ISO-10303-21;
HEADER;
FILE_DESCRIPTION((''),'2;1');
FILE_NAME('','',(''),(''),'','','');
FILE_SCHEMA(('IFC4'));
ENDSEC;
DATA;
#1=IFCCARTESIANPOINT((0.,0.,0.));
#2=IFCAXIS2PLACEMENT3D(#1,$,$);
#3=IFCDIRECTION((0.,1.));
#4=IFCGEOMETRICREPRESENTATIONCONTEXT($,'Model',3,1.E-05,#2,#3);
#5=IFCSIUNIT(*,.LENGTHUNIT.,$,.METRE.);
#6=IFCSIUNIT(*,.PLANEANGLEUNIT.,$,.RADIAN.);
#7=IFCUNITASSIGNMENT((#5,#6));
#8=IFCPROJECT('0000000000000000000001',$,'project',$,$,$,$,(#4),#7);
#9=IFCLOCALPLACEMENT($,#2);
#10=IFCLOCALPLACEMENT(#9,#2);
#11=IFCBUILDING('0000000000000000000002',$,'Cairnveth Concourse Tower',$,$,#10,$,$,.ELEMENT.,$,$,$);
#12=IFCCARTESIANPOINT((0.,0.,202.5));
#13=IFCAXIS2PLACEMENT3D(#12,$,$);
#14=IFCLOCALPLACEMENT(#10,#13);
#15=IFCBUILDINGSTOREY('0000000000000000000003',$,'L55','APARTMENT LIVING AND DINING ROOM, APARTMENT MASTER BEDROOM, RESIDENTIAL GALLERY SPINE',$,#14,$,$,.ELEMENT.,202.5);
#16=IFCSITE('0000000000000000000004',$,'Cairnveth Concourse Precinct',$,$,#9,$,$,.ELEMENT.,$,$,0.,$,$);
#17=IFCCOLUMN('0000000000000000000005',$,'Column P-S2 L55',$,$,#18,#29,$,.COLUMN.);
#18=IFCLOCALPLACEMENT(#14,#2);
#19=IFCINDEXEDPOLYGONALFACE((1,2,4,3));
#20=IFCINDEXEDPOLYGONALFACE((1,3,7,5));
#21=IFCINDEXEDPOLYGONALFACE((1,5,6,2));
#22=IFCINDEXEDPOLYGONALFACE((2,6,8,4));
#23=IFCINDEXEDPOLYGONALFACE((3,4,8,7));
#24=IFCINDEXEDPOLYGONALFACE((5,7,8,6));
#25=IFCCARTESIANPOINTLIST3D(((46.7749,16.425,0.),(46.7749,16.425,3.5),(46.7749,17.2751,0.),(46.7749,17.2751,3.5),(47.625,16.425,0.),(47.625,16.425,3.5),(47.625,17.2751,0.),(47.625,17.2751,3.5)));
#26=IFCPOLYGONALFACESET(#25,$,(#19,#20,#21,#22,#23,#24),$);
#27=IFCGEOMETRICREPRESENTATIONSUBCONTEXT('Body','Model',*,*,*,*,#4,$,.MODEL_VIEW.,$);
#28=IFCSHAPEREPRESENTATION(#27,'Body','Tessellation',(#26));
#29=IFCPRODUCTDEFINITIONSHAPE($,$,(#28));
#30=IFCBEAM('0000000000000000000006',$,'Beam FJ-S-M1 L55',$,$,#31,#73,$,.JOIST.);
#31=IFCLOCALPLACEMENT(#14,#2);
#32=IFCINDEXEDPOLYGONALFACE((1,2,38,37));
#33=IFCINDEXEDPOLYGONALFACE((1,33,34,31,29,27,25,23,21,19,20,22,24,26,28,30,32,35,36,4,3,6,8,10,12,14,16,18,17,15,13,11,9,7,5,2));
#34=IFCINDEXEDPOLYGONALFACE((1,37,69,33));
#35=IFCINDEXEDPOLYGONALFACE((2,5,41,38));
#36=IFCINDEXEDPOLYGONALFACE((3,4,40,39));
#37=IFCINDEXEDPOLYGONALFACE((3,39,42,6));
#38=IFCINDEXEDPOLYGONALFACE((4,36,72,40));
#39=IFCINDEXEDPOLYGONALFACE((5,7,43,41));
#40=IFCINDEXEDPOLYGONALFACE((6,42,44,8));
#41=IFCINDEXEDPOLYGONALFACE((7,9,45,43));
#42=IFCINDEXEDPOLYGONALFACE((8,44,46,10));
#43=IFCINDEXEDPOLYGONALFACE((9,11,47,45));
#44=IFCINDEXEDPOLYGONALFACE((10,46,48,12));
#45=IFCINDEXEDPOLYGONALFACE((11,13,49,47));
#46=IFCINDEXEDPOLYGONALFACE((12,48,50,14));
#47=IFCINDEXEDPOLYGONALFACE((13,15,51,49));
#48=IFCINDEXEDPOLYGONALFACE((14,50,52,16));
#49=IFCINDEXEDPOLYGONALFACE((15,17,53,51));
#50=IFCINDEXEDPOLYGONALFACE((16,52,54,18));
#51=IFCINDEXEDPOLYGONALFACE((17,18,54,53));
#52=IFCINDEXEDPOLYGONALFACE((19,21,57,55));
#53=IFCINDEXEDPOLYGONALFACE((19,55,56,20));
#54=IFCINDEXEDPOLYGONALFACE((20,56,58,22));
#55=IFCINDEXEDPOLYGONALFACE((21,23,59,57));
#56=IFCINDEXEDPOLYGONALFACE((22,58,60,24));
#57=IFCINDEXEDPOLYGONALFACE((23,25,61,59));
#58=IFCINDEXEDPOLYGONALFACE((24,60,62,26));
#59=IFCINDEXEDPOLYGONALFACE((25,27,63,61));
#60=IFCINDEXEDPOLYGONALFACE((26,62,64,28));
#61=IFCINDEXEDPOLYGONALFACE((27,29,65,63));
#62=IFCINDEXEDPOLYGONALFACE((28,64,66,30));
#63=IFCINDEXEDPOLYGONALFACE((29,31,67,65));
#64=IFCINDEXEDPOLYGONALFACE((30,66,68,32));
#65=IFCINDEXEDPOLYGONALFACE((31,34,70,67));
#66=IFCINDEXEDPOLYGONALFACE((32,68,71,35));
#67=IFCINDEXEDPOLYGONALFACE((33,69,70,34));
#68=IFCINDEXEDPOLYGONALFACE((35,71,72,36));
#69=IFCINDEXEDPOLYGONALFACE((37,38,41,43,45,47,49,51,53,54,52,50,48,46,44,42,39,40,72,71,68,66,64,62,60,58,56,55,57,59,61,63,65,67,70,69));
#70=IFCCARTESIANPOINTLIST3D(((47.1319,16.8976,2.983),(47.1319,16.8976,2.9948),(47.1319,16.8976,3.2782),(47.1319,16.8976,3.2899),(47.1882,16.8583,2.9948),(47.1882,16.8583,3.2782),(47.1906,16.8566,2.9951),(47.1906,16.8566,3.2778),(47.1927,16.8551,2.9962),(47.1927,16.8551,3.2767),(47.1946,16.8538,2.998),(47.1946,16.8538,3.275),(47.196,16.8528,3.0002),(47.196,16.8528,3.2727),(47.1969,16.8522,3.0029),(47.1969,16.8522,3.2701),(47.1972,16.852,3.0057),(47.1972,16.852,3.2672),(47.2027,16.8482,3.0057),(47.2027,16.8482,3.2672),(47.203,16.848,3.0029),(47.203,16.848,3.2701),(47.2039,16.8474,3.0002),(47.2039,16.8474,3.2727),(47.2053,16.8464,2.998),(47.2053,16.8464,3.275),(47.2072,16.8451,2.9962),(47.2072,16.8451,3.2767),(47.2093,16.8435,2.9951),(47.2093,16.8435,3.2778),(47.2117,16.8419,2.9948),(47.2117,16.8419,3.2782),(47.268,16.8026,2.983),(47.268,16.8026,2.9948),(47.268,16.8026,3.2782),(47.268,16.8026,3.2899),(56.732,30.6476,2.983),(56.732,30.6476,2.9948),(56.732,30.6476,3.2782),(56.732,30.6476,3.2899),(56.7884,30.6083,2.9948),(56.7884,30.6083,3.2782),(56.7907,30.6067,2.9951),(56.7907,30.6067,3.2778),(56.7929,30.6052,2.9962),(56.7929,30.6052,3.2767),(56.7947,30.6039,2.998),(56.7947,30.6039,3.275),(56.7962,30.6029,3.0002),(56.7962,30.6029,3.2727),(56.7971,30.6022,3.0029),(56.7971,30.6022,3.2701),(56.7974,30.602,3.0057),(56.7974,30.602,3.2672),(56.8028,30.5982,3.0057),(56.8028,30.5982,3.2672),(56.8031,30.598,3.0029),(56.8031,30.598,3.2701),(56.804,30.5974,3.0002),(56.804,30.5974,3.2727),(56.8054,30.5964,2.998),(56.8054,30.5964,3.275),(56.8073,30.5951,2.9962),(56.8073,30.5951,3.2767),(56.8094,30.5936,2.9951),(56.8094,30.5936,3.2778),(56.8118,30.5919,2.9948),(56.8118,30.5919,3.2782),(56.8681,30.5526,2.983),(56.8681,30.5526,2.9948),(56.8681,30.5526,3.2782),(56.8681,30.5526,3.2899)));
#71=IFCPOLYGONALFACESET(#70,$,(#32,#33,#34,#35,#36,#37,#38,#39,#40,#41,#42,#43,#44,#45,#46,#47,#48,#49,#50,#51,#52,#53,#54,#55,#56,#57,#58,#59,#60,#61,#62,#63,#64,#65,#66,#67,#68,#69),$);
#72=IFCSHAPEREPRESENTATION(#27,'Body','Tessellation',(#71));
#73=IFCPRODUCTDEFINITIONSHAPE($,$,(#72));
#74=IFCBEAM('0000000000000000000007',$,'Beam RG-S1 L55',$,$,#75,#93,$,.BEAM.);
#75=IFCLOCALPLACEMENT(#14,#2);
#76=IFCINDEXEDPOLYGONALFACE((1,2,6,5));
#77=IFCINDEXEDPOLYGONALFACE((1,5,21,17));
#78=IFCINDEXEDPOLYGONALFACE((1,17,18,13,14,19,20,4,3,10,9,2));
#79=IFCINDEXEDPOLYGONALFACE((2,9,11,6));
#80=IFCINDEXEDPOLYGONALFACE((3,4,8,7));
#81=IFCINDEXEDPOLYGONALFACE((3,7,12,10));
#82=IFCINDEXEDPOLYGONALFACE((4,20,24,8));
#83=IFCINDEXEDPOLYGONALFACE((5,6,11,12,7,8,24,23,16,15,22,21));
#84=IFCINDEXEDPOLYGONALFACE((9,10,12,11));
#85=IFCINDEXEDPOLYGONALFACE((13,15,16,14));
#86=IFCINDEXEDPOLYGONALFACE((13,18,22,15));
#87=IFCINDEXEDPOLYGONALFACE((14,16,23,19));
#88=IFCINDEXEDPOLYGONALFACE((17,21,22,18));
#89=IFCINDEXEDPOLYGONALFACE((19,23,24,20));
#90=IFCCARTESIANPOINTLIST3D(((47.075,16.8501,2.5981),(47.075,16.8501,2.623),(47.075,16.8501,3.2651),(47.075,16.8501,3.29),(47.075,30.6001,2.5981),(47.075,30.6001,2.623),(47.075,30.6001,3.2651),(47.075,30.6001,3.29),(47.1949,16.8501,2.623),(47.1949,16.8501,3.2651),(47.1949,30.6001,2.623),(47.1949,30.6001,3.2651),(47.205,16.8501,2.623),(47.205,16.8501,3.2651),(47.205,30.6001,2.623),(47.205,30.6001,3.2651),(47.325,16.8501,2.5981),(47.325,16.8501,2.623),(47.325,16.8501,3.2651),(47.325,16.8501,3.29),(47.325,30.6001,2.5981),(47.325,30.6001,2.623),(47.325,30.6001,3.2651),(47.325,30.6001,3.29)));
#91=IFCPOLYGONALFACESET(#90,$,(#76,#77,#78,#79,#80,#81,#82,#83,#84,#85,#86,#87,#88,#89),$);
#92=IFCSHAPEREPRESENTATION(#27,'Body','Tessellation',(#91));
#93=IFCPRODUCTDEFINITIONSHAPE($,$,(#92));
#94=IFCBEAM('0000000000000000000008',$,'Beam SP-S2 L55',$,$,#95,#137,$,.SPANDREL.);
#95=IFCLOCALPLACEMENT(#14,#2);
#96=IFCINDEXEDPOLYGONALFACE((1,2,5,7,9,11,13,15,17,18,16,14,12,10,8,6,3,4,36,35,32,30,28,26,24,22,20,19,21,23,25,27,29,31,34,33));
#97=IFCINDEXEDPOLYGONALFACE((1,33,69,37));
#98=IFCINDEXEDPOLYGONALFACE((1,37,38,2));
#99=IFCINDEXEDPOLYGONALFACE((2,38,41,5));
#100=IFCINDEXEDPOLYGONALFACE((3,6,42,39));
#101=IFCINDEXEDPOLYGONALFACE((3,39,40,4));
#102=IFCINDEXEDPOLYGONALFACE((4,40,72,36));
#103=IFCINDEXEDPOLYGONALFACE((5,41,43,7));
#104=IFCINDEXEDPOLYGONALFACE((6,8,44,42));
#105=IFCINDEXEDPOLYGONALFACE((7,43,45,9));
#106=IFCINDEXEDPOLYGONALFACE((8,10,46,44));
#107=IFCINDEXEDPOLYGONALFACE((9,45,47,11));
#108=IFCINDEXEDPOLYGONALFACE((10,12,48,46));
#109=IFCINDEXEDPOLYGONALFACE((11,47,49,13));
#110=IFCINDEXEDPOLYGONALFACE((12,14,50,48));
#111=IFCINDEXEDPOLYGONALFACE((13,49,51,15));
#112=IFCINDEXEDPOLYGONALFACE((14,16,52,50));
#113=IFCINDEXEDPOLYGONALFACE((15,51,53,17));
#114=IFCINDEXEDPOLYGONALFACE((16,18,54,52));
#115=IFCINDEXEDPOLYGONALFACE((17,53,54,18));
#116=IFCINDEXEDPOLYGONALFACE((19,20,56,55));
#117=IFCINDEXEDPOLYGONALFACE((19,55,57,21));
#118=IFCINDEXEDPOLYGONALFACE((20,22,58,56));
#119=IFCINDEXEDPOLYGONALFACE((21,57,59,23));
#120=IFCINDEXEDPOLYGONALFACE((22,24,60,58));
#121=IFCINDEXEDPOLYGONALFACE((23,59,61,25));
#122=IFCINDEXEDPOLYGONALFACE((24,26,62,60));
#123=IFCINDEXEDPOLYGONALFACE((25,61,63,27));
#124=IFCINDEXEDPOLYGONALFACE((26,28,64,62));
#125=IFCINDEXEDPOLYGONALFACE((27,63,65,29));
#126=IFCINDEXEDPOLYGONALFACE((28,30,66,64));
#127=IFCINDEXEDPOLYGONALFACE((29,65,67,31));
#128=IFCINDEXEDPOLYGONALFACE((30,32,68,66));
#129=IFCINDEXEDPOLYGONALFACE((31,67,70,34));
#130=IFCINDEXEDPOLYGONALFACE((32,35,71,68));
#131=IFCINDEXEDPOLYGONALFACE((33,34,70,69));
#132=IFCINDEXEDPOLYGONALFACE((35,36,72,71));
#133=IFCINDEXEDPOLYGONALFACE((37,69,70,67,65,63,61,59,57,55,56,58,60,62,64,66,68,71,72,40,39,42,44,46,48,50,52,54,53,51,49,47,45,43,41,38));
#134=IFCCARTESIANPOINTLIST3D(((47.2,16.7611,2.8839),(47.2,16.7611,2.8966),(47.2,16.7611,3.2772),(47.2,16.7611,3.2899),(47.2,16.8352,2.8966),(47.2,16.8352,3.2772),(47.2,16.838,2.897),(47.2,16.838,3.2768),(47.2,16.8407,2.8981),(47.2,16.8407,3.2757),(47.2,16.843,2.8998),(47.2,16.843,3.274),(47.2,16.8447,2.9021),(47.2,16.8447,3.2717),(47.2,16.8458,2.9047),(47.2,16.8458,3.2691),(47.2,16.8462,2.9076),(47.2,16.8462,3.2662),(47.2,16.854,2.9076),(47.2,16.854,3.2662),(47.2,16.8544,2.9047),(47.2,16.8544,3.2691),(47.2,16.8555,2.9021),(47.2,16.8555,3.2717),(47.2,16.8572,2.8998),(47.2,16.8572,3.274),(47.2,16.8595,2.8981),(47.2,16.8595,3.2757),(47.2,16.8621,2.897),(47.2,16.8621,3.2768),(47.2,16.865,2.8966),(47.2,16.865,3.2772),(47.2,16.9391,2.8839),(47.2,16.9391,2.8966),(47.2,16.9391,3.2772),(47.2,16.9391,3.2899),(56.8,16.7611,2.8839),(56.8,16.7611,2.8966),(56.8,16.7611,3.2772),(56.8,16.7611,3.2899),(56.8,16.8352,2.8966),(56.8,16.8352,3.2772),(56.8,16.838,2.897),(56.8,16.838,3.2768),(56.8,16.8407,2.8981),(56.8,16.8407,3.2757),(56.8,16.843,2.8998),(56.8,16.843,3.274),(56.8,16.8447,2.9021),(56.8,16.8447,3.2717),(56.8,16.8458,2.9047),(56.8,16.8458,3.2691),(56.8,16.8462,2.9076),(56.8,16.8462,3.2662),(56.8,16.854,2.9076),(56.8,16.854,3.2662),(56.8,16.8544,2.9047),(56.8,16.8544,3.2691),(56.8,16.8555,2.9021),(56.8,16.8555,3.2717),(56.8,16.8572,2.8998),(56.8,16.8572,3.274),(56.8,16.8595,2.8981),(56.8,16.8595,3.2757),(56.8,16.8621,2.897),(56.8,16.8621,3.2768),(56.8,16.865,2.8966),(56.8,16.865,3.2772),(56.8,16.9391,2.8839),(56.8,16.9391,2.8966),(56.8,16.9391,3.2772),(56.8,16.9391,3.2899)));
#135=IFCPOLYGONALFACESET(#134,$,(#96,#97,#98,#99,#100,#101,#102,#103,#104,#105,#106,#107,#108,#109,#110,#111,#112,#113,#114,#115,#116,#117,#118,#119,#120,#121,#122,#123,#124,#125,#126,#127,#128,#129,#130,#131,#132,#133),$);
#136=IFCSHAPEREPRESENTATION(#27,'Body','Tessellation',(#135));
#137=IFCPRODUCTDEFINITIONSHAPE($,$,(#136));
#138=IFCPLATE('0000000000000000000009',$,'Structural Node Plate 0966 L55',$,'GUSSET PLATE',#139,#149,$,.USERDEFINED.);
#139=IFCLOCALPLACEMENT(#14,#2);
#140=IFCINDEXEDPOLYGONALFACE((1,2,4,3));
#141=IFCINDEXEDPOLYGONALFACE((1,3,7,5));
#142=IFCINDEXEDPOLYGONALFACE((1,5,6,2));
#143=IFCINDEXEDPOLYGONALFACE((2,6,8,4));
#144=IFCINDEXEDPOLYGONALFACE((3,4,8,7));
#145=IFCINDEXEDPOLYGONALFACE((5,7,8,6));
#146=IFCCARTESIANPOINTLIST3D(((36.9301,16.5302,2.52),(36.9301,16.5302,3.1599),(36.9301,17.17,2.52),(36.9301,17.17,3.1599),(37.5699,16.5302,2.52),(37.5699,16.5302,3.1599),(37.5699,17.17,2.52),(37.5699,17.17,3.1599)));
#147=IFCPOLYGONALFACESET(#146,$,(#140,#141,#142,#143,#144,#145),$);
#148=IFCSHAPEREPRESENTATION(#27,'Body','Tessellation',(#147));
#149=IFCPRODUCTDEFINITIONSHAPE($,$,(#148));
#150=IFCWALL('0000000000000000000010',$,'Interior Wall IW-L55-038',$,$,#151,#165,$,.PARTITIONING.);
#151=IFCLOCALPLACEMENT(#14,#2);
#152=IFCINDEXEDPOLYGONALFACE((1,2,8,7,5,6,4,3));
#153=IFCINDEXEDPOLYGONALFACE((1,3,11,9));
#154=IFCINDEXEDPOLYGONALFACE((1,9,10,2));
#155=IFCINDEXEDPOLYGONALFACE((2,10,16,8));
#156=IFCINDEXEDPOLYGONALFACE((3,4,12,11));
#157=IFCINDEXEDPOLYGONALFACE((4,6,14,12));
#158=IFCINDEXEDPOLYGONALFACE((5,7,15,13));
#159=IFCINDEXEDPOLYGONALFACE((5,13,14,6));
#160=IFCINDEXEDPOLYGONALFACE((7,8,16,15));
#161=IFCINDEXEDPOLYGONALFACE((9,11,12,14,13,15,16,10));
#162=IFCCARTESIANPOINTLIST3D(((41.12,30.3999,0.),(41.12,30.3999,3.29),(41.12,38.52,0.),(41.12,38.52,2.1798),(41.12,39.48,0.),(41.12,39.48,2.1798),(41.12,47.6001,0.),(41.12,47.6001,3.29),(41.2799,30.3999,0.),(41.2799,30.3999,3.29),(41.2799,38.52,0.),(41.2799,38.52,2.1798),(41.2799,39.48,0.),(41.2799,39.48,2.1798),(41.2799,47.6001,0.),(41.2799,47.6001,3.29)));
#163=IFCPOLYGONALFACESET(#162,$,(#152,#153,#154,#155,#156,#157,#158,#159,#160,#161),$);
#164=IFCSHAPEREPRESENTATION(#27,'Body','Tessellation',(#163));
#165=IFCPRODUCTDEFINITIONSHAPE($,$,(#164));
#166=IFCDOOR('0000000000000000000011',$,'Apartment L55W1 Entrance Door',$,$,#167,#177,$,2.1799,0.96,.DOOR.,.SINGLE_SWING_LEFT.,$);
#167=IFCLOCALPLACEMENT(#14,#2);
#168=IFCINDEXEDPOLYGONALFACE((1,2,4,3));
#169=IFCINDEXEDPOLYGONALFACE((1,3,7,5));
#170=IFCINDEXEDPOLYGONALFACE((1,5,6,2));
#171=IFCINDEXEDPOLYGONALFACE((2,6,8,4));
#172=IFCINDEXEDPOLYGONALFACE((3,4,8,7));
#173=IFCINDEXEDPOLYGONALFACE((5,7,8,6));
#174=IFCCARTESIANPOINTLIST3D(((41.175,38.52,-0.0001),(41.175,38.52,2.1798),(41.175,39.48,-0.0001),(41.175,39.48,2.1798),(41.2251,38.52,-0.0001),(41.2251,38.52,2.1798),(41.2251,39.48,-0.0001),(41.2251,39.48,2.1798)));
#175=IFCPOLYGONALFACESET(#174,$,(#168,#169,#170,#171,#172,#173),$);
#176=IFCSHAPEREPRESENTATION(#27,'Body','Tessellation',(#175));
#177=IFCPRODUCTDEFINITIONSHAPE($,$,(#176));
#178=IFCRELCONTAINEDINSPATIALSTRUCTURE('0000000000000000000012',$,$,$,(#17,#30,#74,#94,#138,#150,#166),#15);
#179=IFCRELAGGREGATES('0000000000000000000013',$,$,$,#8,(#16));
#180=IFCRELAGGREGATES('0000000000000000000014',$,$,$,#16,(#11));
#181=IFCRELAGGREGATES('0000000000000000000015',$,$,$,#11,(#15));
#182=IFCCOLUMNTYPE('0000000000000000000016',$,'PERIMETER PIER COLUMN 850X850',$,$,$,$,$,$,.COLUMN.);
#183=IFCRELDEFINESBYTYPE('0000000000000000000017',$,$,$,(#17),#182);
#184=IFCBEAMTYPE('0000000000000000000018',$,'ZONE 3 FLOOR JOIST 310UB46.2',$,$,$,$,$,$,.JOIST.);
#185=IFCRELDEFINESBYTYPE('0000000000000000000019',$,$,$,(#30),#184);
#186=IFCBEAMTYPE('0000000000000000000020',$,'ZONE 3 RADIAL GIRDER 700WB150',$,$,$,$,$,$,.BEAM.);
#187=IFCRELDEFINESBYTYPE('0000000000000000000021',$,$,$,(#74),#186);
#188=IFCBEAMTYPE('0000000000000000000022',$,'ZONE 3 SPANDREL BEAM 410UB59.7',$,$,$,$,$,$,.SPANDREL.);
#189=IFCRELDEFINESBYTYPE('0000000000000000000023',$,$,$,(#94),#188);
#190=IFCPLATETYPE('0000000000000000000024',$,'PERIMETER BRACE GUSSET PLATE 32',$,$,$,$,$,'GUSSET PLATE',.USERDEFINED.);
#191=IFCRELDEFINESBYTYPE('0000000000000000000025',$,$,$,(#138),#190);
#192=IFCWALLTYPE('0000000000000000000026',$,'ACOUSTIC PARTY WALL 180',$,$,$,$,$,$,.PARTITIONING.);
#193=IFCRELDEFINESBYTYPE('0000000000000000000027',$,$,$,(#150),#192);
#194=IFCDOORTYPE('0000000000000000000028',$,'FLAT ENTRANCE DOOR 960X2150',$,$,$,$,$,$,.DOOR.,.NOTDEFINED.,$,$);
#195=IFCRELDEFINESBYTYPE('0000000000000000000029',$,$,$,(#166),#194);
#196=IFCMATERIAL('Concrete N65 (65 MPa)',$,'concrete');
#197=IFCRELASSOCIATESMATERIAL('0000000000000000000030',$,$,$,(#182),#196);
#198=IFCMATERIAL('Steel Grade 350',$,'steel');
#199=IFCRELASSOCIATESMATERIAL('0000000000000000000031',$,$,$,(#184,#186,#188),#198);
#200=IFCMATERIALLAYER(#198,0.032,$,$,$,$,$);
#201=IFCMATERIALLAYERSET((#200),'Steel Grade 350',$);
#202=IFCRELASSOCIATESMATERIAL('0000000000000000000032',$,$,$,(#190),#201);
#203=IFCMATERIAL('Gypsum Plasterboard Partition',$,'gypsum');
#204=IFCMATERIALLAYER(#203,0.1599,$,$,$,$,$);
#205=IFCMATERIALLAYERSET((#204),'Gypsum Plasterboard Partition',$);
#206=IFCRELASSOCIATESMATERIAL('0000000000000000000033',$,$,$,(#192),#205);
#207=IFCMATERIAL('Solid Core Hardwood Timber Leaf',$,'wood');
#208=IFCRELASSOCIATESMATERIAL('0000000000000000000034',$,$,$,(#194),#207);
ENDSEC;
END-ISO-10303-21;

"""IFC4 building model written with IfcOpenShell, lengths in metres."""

from ifc_helpers import new_model, si_unit, direction, frame, frame_2d, origin, origin_2d, place, context, subcontext, project, spatial, rectangle, i_section, extrude, material, layer, layer_set, material_profile, profile_set, type_object, element, fill, save


model = new_model("IFC4")

# Units and contexts
model_context = context("Model", 3, precision=1e-05, world=origin(), true_north=direction((0.0, 1.0)))
body_context = subcontext(model_context, "Body", "Model", "MODEL_VIEW")
ifc_project = project(units=[si_unit("LENGTHUNIT", "METRE"), si_unit("PLANEANGLEUNIT", "RADIAN")], contexts=[model_context])

# Site, building, storey
site_placement = place(None, origin())
site = spatial("IfcSite", under=ifc_project, at=site_placement, Name="Cairnveth Concourse Precinct", CompositionType="ELEMENT", RefElevation=0.0)
building_placement = place(site_placement, origin())
building = spatial("IfcBuilding", under=site, at=building_placement, Name="Cairnveth Concourse Tower", CompositionType="ELEMENT")
storey_placement = place(building_placement, frame((0.0, 0.0, 202.5)))
storey = spatial("IfcBuildingStorey", under=building, at=storey_placement, Name="L55", Description="APARTMENT LIVING AND DINING ROOM, APARTMENT MASTER BEDROOM, RESIDENTIAL GALLERY SPINE", CompositionType="ELEMENT", Elevation=202.5)

# Column
ifc_material_1 = material(Name="Concrete N65 (65 MPa)", Category="concrete")
ifc_material_profile_1 = material_profile(ifc_material_1, rectangle(XDim=0.8501, YDim=0.8501, at=origin_2d()), Name="RC-COL-850x850")
ifc_profile_set_1 = profile_set([ifc_material_profile_1], Name="Concrete N65 (65 MPa)")
column_type = type_object("IfcColumnType", Name="PERIMETER PIER COLUMN 850X850", PredefinedType="COLUMN", material=ifc_profile_set_1)
column_placement = place(storey_placement, frame((47.2, 16.8501, 0.0), z_axis=(0.0, 0.0, 1.0), x_axis=(1.0, 0.0, 0.0)))
element("IfcColumn", 1, at=column_placement, inside=storey, type_object=column_type, Name="Column P-S2 L55", PredefinedType="COLUMN", context=body_context, shape_type="SweptSolid", body=[
    extrude(rectangle(XDim=0.8501, YDim=0.8501, at=origin_2d()), origin(), (0.0, 0.0, 1.0), 3.5),
])

# Beams
ifc_material_2 = material(Name="Steel Grade 350", Category="steel")
ifc_material_profile_2 = material_profile(ifc_material_2, i_section(OverallWidth=0.166, OverallDepth=0.3069, WebThickness=0.0066, FlangeThickness=0.0117, FilletRadius=0.011, at=origin_2d()), Name="310UB46.2")
ifc_profile_set_2 = profile_set([ifc_material_profile_2], Name="Steel Grade 350")
beam_type_1 = type_object("IfcBeamType", Name="ZONE 3 FLOOR JOIST 310UB46.2", PredefinedType="JOIST", material=ifc_profile_set_2)
beam_1_placement = place(storey_placement, frame((47.2, 16.8501, 3.1365), z_axis=(0.572465, 0.819929, 0.0), x_axis=(-0.819929, 0.572465, 0.0)))
element("IfcBeam", 2, at=beam_1_placement, inside=storey, type_object=beam_type_1, Name="Beam FJ-S-M1 L55", PredefinedType="JOIST", context=body_context, shape_type="SweptSolid", body=[
    extrude(i_section(OverallWidth=0.166, OverallDepth=0.3069, WebThickness=0.0066, FlangeThickness=0.0117, FilletRadius=0.011, at=origin_2d()), origin(), (0.0, 0.0, 1.0), 16.7698),
])
ifc_material_profile_3 = material_profile(ifc_material_2, i_section(OverallWidth=0.25, OverallDepth=0.6919, WebThickness=0.01, FlangeThickness=0.0249, at=origin_2d()), Name="700WB150")
ifc_profile_set_3 = profile_set([ifc_material_profile_3], Name="Steel Grade 350")
beam_type_2 = type_object("IfcBeamType", Name="ZONE 3 RADIAL GIRDER 700WB150", PredefinedType="BEAM", material=ifc_profile_set_3)
beam_2_placement = place(storey_placement, frame((47.2, 16.8501, 2.9441), z_axis=(0.0, 1.0, 0.0), x_axis=(-1.0, 0.0, 0.0)))
element("IfcBeam", 3, at=beam_2_placement, inside=storey, type_object=beam_type_2, Name="Beam RG-S1 L55", PredefinedType="BEAM", context=body_context, shape_type="SweptSolid", body=[
    extrude(i_section(OverallWidth=0.25, OverallDepth=0.6919, WebThickness=0.01, FlangeThickness=0.0249, at=origin_2d()), origin(), (0.0, 0.0, 1.0), 13.75),
])
ifc_material_profile_4 = material_profile(ifc_material_2, i_section(OverallWidth=0.178, OverallDepth=0.406, WebThickness=0.0078, FlangeThickness=0.0127, FilletRadius=0.011, at=origin_2d()), Name="410UB59.7")
ifc_profile_set_4 = profile_set([ifc_material_profile_4], Name="Steel Grade 350")
beam_type_3 = type_object("IfcBeamType", Name="ZONE 3 SPANDREL BEAM 410UB59.7", PredefinedType="SPANDREL", material=ifc_profile_set_4)
beam_3_placement = place(storey_placement, frame((47.2, 16.8501, 3.0869), z_axis=(1.0, 0.0, 0.0), x_axis=(0.0, 1.0, 0.0)))
element("IfcBeam", 4, at=beam_3_placement, inside=storey, type_object=beam_type_3, Name="Beam SP-S2 L55", PredefinedType="SPANDREL", context=body_context, shape_type="SweptSolid", body=[
    extrude(i_section(OverallWidth=0.178, OverallDepth=0.406, WebThickness=0.0078, FlangeThickness=0.0127, FilletRadius=0.011, at=origin_2d()), origin(), (0.0, 0.0, 1.0), 9.6001),
])

# Plate
ifc_layer_1 = layer(ifc_material_2, 0.032)
ifc_layer_set_1 = layer_set([ifc_layer_1], Name="Steel Grade 350")
plate_type = type_object("IfcPlateType", Name="PERIMETER BRACE GUSSET PLATE 32", ElementType="GUSSET PLATE", PredefinedType="USERDEFINED", material=ifc_layer_set_1)
plate_placement = place(storey_placement, frame((37.25, 16.8501, 2.52), z_axis=(0.0, 0.0, 1.0), x_axis=(1.0, 0.0, 0.0)))
element("IfcPlate", 5, at=plate_placement, inside=storey, type_object=plate_type, Name="Structural Node Plate 0966 L55", ObjectType="GUSSET PLATE", PredefinedType="USERDEFINED", context=body_context, shape_type="SweptSolid", body=[
    extrude(rectangle(XDim=0.6399, YDim=0.6399, at=origin_2d()), origin(), (0.0, 0.0, 1.0), 0.6399),
])

# Wall, opening, door
ifc_material_3 = material(Name="Gypsum Plasterboard Partition", Category="gypsum")
ifc_layer_2 = layer(ifc_material_3, 0.1599)
ifc_layer_set_2 = layer_set([ifc_layer_2], Name="Gypsum Plasterboard Partition")
wall_type_1 = type_object("IfcWallType", Name="ACOUSTIC PARTY WALL 180", PredefinedType="PARTITIONING", material=ifc_layer_set_2)
wall_1_placement = place(storey_placement, frame((41.2, 30.3999, 0.0), z_axis=(0.0, 0.0, 1.0), x_axis=(0.0, 1.0, 0.0)))
wall_1 = element("IfcWall", 6, at=wall_1_placement, inside=storey, type_object=wall_type_1, Name="Interior Wall IW-L55-038", PredefinedType="PARTITIONING", context=body_context, shape_type="SweptSolid", body=[
    extrude(rectangle(XDim=17.2002, YDim=0.1599, at=frame_2d((8.6001, 0.0))), origin(), (0.0, 0.0, 1.0), 3.29),
])
opening_1_placement = place(wall_1_placement, frame((8.1201, 0.0, 0.0)))
opening_1 = element("IfcOpeningElement", 7, at=opening_1_placement, cuts=wall_1, PredefinedType="OPENING", context=body_context, shape_type="SweptSolid", body=[
    extrude(rectangle(XDim=0.96, YDim=2.1799, at=frame_2d((0.48, 1.0898))), frame((0.0, 0.0898, 0.0), z_axis=(0.0, -1.0, 0.0), x_axis=(1.0, 0.0, 0.0)), (0.0, 0.0, 1.0), 0.1799),
])
ifc_material_4 = material(Name="Solid Core Hardwood Timber Leaf", Category="wood")
door_type_1 = type_object("IfcDoorType", Name="FLAT ENTRANCE DOOR 960X2150", OperationType="NOTDEFINED", PredefinedType="DOOR", material=ifc_material_4)
door_1_placement = place(opening_1_placement, origin())
door_1 = element("IfcDoor", 8, at=door_1_placement, inside=storey, type_object=door_type_1, Name="Apartment L55W1 Entrance Door", OperationType="SINGLE_SWING_LEFT", OverallHeight=2.1799, OverallWidth=0.96, PredefinedType="DOOR", context=body_context, shape_type="SweptSolid", body=[
    extrude(rectangle(XDim=0.96, YDim=2.1799, at=frame_2d((0.48, 1.0898))), frame((0.0, 0.0249, 0.0), z_axis=(0.0, -1.0, 0.0), x_axis=(1.0, 0.0, 0.0)), (0.0, 0.0, 1.0), 0.05),
])
fill(opening_1, door_1)

save(model, "model.ifc")
